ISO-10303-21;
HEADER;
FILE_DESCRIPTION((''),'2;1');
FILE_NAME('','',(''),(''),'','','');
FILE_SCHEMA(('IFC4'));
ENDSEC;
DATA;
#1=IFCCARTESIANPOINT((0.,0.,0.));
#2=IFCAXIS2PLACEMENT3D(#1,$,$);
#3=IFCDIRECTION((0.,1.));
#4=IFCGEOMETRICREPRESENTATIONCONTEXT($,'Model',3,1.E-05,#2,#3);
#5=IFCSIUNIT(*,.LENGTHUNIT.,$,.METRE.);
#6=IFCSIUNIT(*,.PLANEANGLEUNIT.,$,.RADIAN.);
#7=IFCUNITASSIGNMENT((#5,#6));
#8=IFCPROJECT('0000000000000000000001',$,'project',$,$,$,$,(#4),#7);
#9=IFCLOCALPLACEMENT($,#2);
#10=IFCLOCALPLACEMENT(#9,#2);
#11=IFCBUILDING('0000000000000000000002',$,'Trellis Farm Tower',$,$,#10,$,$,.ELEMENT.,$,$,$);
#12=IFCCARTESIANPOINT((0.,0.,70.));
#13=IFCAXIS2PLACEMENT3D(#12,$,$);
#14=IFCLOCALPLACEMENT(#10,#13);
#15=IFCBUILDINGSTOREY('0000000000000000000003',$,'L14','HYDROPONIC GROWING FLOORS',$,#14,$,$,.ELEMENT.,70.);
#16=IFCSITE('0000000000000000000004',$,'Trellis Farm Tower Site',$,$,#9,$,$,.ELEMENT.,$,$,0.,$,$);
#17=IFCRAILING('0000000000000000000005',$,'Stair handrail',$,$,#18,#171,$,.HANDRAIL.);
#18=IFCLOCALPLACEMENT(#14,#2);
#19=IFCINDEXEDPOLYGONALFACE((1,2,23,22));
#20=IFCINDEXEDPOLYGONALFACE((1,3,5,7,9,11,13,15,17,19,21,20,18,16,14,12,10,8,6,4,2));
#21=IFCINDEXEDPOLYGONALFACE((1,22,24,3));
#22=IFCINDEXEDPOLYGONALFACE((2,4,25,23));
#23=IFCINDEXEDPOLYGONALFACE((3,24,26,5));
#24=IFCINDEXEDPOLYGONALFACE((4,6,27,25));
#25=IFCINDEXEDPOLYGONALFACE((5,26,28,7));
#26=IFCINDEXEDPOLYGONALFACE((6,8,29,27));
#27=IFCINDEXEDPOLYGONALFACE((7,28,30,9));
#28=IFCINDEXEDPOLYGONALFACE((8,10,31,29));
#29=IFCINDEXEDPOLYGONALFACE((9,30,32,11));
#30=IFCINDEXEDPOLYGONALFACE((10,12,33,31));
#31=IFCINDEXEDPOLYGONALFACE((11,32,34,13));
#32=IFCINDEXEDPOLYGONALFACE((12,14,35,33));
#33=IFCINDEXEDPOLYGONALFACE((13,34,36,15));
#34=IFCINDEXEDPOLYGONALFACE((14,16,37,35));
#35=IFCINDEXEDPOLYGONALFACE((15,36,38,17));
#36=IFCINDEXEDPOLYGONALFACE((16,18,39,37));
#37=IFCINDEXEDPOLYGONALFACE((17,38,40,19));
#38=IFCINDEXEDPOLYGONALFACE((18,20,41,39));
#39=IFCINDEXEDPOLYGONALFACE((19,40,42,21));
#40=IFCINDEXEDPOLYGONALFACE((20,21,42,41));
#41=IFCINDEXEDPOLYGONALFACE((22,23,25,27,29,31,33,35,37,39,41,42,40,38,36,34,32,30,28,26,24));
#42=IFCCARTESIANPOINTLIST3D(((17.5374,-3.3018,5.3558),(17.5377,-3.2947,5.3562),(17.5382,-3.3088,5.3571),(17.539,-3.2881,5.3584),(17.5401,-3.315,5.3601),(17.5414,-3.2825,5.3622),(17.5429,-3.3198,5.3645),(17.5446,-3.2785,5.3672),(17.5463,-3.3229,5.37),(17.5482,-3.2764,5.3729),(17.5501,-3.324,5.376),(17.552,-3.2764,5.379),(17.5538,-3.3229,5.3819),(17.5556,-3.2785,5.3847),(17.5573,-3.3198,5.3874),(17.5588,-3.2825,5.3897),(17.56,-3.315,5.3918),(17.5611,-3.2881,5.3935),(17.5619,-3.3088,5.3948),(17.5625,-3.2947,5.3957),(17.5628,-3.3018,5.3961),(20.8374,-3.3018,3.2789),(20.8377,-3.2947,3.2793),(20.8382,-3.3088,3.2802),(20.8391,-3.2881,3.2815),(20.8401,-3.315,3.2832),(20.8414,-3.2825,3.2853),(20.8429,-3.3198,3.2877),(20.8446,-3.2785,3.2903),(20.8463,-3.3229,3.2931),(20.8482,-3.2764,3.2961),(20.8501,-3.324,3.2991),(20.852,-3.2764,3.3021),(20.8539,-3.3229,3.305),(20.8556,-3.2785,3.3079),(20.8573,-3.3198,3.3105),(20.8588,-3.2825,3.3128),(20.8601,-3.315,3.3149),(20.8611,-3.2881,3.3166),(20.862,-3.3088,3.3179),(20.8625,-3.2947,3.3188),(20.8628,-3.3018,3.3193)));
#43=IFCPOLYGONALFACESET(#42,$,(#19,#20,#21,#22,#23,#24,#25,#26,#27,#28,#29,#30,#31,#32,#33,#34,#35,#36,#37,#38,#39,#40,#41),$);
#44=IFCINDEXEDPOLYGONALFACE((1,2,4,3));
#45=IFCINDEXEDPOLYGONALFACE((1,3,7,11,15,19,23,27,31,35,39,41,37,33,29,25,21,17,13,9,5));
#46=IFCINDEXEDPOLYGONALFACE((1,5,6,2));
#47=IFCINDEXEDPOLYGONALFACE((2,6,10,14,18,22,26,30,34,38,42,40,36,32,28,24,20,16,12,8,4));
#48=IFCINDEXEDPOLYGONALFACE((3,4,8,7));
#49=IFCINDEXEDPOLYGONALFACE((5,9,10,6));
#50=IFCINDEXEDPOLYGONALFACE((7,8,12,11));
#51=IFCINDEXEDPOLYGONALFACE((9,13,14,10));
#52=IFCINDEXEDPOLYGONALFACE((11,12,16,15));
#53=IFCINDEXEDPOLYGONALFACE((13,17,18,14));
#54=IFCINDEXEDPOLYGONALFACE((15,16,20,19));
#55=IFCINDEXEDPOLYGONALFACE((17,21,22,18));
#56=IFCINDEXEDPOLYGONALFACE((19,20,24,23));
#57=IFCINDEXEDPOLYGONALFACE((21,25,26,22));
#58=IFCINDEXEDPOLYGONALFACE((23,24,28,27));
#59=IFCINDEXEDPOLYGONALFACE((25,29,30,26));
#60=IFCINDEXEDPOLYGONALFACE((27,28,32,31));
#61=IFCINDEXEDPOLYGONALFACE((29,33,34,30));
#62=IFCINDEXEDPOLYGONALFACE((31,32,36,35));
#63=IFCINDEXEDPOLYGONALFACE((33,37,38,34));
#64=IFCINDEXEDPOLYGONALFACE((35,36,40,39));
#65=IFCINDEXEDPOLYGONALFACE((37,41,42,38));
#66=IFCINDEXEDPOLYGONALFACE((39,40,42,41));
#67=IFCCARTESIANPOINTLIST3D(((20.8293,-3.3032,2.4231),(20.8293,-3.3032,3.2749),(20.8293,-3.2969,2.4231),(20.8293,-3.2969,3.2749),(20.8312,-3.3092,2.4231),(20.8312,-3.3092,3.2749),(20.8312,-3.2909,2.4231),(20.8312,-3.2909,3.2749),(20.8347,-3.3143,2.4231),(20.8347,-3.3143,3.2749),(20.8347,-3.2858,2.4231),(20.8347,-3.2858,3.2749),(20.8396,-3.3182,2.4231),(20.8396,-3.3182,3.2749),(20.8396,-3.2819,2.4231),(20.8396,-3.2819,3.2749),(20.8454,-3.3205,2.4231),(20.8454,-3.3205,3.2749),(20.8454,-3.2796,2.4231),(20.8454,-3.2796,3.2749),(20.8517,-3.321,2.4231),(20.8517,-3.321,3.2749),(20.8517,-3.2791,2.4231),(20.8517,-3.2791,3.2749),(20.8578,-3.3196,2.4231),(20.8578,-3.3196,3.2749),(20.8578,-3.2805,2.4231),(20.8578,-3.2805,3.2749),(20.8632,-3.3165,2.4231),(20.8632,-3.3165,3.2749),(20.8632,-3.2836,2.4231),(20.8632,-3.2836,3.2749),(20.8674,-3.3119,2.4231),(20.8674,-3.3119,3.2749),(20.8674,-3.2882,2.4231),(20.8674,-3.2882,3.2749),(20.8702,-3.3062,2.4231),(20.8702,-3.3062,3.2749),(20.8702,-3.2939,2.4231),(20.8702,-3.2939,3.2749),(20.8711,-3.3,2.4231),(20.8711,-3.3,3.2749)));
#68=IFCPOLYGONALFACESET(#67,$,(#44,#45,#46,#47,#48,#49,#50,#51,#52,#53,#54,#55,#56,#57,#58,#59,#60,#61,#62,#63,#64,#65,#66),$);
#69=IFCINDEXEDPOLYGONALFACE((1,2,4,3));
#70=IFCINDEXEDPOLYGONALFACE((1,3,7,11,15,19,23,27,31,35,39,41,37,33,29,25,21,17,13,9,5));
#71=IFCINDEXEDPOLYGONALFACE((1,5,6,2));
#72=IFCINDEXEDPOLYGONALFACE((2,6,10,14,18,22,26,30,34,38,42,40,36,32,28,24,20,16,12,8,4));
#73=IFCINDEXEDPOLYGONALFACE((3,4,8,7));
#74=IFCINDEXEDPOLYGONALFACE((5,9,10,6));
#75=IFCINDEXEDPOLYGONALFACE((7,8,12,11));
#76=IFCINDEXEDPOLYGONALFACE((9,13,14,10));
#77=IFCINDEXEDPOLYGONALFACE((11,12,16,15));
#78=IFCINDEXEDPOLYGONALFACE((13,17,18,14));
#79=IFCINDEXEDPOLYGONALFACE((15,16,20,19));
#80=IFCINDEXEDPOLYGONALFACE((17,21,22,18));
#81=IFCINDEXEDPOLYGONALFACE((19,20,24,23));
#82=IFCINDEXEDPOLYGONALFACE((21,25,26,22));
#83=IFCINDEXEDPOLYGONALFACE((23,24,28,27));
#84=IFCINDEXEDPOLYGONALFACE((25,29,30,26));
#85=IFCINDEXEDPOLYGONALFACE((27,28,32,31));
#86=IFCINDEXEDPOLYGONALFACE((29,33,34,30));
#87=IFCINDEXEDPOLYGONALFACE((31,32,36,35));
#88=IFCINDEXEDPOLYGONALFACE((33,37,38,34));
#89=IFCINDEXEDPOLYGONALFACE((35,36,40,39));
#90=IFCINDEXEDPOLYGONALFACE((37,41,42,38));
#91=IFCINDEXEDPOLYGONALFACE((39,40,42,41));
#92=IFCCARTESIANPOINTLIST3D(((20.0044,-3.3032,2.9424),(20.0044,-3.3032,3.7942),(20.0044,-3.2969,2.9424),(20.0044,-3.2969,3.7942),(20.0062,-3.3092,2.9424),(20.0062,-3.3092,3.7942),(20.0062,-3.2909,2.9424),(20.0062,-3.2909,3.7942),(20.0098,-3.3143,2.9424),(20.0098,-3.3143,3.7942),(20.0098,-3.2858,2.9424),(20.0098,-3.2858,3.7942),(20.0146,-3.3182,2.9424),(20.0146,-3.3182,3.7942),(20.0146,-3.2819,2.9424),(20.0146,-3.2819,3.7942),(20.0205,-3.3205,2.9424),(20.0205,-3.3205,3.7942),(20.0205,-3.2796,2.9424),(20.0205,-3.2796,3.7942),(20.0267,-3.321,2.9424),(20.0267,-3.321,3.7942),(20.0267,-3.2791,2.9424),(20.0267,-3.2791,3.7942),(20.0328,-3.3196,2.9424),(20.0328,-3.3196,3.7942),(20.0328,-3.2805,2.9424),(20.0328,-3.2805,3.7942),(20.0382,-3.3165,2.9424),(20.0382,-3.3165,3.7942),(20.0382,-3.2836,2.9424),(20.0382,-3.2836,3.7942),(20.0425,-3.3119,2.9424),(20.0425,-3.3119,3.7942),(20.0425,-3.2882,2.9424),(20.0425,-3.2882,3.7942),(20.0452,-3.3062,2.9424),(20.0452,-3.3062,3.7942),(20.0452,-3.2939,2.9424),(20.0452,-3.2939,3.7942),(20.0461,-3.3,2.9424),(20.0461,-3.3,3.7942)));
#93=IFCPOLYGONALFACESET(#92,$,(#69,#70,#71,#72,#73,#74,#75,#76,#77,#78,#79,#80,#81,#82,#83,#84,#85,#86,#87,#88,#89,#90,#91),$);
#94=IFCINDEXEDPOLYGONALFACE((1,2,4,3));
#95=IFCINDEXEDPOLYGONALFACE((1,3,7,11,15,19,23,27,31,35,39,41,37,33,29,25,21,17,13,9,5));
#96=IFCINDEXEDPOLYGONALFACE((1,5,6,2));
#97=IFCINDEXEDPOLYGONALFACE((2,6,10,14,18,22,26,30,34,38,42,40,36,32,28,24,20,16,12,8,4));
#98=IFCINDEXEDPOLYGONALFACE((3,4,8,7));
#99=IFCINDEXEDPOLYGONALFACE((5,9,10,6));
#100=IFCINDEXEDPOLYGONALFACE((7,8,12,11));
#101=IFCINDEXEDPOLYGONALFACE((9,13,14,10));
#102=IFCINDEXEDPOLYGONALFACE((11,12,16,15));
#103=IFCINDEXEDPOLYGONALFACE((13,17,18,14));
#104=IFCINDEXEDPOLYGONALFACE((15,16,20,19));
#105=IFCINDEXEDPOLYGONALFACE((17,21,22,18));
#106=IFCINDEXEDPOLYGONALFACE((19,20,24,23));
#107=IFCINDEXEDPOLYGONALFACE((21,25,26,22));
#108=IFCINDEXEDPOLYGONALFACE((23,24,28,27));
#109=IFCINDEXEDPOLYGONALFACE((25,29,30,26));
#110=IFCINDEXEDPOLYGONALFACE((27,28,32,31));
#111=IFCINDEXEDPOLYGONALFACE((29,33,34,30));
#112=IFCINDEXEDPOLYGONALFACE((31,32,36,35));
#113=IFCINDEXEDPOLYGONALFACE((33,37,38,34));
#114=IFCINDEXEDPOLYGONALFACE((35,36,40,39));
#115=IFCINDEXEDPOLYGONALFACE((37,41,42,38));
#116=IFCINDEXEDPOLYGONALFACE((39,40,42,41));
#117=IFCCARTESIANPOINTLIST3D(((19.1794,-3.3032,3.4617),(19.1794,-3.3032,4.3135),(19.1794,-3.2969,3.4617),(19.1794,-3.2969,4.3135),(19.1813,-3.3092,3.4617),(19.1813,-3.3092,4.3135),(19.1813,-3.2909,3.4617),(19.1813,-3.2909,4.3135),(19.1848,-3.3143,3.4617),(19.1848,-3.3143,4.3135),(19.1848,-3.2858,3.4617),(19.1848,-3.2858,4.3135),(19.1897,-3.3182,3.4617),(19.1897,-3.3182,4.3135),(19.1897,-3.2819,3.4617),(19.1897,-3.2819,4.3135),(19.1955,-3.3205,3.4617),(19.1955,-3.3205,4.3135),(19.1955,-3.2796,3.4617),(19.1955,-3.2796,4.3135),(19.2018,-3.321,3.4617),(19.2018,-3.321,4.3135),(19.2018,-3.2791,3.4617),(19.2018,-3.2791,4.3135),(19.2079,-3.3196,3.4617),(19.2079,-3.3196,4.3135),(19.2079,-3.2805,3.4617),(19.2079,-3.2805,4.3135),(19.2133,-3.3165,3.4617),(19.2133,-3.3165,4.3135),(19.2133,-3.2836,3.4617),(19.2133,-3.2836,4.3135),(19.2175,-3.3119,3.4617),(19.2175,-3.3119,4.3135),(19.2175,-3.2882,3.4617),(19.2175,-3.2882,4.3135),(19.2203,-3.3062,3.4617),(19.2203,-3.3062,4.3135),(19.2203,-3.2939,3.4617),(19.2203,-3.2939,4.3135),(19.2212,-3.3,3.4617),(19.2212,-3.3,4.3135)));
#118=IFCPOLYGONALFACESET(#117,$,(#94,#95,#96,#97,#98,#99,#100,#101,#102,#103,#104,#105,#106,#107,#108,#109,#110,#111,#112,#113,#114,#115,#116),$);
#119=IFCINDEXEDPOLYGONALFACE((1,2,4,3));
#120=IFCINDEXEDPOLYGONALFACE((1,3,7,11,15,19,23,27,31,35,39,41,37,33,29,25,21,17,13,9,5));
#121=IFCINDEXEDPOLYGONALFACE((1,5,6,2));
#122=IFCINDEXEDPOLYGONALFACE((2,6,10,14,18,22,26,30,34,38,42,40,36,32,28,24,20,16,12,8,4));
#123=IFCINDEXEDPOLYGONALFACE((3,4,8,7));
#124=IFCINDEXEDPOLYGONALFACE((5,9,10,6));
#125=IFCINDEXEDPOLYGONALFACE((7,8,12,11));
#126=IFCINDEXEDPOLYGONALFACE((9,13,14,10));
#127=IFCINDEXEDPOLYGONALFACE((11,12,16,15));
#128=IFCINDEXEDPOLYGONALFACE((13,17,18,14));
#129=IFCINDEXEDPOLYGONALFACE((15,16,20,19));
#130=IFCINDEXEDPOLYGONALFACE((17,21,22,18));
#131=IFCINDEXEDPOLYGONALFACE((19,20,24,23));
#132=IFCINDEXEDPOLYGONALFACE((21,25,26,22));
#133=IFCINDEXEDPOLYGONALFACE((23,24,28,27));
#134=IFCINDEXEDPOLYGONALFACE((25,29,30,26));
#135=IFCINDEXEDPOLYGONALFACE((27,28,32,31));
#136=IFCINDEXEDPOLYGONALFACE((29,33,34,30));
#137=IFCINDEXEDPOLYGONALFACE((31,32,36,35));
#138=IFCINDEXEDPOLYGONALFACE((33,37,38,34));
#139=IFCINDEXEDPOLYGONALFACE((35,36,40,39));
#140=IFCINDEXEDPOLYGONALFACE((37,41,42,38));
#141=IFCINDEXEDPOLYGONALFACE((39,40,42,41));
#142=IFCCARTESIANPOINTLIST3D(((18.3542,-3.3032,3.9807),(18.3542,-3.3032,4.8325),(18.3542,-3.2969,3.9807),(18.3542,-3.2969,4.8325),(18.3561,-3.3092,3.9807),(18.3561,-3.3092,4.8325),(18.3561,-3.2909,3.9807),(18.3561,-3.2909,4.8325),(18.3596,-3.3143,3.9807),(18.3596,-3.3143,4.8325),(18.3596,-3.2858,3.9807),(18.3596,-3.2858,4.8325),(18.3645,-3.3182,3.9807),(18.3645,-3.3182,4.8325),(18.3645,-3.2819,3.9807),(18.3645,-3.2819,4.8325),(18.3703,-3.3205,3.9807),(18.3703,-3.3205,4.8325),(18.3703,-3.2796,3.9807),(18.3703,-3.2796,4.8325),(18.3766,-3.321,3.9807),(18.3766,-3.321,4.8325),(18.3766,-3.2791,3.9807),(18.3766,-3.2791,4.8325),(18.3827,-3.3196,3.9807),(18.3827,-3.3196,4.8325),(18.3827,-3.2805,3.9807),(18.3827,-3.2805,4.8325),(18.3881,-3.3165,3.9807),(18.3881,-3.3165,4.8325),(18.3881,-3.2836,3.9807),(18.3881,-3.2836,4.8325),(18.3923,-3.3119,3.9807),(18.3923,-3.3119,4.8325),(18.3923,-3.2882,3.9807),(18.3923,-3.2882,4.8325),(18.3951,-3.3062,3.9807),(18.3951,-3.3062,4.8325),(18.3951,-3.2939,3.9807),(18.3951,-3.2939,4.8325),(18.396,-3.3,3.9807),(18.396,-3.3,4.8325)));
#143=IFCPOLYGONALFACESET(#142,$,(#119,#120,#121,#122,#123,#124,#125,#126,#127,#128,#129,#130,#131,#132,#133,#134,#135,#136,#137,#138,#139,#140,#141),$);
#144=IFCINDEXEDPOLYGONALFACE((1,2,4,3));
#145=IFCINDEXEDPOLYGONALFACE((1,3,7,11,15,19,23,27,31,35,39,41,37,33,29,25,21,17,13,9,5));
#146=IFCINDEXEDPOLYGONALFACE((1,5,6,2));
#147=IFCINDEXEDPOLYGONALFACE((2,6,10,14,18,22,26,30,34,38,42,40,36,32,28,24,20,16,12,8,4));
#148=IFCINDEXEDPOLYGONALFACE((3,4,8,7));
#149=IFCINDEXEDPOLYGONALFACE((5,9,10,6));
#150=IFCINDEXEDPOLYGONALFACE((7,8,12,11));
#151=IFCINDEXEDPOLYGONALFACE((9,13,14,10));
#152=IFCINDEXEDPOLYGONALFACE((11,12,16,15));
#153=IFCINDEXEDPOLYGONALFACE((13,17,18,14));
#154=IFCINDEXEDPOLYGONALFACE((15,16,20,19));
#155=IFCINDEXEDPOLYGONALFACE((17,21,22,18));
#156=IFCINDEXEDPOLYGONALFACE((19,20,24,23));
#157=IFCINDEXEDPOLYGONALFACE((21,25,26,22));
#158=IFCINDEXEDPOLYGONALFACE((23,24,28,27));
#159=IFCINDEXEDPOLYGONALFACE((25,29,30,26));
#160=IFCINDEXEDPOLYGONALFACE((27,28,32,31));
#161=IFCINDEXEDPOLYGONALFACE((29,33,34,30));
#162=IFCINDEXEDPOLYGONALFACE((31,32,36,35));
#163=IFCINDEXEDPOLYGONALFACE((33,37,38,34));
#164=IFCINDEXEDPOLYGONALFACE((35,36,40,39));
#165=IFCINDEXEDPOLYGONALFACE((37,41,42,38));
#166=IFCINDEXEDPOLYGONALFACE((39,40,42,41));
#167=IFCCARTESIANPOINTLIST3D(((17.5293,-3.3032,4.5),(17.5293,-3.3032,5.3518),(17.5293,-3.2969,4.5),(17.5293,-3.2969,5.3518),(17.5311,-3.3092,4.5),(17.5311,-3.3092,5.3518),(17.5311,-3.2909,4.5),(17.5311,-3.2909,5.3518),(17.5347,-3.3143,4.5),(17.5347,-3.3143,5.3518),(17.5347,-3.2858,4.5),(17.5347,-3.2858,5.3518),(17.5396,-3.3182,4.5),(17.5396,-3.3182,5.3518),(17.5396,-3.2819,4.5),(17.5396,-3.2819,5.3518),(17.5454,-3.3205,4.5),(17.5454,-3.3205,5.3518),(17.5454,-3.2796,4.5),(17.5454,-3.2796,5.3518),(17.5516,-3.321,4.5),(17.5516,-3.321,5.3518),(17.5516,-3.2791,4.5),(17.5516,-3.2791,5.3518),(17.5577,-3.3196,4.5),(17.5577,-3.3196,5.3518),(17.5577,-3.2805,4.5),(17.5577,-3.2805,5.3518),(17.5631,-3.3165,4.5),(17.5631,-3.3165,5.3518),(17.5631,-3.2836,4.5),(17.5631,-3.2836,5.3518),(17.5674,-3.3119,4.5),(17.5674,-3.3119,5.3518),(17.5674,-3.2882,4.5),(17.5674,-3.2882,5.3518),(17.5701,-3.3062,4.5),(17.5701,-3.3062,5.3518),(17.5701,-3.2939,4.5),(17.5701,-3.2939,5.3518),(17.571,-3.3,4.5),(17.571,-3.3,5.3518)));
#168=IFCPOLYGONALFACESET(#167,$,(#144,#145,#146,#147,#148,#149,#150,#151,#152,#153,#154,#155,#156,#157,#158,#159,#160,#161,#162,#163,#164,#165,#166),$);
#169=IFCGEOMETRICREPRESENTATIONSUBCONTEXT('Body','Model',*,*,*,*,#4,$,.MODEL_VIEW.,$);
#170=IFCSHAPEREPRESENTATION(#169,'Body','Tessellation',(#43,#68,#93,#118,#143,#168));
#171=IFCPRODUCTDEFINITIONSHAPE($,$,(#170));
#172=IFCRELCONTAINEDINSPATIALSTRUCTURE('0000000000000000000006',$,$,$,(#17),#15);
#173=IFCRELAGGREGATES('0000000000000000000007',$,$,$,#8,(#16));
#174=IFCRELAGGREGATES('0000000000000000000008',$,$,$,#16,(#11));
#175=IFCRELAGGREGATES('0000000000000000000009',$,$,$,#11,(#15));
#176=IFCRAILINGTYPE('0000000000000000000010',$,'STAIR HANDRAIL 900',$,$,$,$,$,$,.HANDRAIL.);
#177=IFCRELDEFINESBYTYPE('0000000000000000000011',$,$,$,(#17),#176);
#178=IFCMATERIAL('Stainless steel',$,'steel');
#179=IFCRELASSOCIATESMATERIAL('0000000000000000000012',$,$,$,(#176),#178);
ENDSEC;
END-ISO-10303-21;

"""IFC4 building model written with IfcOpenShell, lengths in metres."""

from ifc_helpers import new_model, si_unit, direction, frame, origin, origin_2d, place, context, subcontext, project, spatial, circle, extrude, source, transform, mapped, material, type_object, element, save


model = new_model("IFC4")

# Units and contexts
model_context = context("Model", 3, precision=1e-05, world=origin(), true_north=direction((0.0, 1.0)))
body_context = subcontext(model_context, "Body", "Model", "MODEL_VIEW")
ifc_project = project(units=[si_unit("LENGTHUNIT", "METRE"), si_unit("PLANEANGLEUNIT", "RADIAN")], contexts=[model_context])

# Site, building, storey
site_placement = place(None, origin())
site = spatial("IfcSite", under=ifc_project, at=site_placement, Name="Trellis Farm Tower Site", CompositionType="ELEMENT", RefElevation=0.0)
building_placement = place(site_placement, origin())
building = spatial("IfcBuilding", under=site, at=building_placement, Name="Trellis Farm Tower", CompositionType="ELEMENT")
storey_placement = place(building_placement, frame((0.0, 0.0, 70.0)))
storey = spatial("IfcBuildingStorey", under=building, at=storey_placement, Name="L14", Description="HYDROPONIC GROWING FLOORS", CompositionType="ELEMENT", Elevation=70.0)

# Railing
ifc_material_1 = material(Name="Stainless steel", Category="steel")
railing_type = type_object("IfcRailingType", Name="STAIR HANDRAIL 900", PredefinedType="HANDRAIL", material=ifc_material_1)
shared_shape_1 = source(origin(), body_context, "Body", "SweptSolid", [
    extrude(circle(Radius=0.0239, at=origin_2d()), frame((0.0, 0.0, 0.876), z_axis=(-0.846337, 0.0, 0.532647), x_axis=(0.0, -1.0, 0.0)), (0.0, 0.0, 1.0), 3.8992),
    extrude(circle(Radius=0.021, at=origin_2d()), origin(), (0.0, 0.0, 1.0), 0.8518),
    extrude(circle(Radius=0.021, at=origin_2d()), frame((-0.825, 0.0, 0.5193)), (0.0, 0.0, 1.0), 0.8518),
    extrude(circle(Radius=0.021, at=origin_2d()), frame((-1.6499, 0.0, 1.0386)), (0.0, 0.0, 1.0), 0.8518),
    extrude(circle(Radius=0.021, at=origin_2d()), frame((-2.4751, 0.0, 1.5576)), (0.0, 0.0, 1.0), 0.8518),
    extrude(circle(Radius=0.021, at=origin_2d()), frame((-3.3, 0.0, 2.0769)), (0.0, 0.0, 1.0), 0.8518),
])
for number, where, name in (
    (1, (20.8501, -3.3, 2.4231), "Stair handrail"),
):
    element("IfcRailing", number, at=place(storey_placement, frame(where)), inside=storey, type_object=railing_type, Name=name, PredefinedType="HANDRAIL", context=body_context, shape_type="MappedRepresentation", body=[
        mapped(shared_shape_1, transform((0.0, 0.0, 0.0))),
    ])

save(model, "model.ifc")
